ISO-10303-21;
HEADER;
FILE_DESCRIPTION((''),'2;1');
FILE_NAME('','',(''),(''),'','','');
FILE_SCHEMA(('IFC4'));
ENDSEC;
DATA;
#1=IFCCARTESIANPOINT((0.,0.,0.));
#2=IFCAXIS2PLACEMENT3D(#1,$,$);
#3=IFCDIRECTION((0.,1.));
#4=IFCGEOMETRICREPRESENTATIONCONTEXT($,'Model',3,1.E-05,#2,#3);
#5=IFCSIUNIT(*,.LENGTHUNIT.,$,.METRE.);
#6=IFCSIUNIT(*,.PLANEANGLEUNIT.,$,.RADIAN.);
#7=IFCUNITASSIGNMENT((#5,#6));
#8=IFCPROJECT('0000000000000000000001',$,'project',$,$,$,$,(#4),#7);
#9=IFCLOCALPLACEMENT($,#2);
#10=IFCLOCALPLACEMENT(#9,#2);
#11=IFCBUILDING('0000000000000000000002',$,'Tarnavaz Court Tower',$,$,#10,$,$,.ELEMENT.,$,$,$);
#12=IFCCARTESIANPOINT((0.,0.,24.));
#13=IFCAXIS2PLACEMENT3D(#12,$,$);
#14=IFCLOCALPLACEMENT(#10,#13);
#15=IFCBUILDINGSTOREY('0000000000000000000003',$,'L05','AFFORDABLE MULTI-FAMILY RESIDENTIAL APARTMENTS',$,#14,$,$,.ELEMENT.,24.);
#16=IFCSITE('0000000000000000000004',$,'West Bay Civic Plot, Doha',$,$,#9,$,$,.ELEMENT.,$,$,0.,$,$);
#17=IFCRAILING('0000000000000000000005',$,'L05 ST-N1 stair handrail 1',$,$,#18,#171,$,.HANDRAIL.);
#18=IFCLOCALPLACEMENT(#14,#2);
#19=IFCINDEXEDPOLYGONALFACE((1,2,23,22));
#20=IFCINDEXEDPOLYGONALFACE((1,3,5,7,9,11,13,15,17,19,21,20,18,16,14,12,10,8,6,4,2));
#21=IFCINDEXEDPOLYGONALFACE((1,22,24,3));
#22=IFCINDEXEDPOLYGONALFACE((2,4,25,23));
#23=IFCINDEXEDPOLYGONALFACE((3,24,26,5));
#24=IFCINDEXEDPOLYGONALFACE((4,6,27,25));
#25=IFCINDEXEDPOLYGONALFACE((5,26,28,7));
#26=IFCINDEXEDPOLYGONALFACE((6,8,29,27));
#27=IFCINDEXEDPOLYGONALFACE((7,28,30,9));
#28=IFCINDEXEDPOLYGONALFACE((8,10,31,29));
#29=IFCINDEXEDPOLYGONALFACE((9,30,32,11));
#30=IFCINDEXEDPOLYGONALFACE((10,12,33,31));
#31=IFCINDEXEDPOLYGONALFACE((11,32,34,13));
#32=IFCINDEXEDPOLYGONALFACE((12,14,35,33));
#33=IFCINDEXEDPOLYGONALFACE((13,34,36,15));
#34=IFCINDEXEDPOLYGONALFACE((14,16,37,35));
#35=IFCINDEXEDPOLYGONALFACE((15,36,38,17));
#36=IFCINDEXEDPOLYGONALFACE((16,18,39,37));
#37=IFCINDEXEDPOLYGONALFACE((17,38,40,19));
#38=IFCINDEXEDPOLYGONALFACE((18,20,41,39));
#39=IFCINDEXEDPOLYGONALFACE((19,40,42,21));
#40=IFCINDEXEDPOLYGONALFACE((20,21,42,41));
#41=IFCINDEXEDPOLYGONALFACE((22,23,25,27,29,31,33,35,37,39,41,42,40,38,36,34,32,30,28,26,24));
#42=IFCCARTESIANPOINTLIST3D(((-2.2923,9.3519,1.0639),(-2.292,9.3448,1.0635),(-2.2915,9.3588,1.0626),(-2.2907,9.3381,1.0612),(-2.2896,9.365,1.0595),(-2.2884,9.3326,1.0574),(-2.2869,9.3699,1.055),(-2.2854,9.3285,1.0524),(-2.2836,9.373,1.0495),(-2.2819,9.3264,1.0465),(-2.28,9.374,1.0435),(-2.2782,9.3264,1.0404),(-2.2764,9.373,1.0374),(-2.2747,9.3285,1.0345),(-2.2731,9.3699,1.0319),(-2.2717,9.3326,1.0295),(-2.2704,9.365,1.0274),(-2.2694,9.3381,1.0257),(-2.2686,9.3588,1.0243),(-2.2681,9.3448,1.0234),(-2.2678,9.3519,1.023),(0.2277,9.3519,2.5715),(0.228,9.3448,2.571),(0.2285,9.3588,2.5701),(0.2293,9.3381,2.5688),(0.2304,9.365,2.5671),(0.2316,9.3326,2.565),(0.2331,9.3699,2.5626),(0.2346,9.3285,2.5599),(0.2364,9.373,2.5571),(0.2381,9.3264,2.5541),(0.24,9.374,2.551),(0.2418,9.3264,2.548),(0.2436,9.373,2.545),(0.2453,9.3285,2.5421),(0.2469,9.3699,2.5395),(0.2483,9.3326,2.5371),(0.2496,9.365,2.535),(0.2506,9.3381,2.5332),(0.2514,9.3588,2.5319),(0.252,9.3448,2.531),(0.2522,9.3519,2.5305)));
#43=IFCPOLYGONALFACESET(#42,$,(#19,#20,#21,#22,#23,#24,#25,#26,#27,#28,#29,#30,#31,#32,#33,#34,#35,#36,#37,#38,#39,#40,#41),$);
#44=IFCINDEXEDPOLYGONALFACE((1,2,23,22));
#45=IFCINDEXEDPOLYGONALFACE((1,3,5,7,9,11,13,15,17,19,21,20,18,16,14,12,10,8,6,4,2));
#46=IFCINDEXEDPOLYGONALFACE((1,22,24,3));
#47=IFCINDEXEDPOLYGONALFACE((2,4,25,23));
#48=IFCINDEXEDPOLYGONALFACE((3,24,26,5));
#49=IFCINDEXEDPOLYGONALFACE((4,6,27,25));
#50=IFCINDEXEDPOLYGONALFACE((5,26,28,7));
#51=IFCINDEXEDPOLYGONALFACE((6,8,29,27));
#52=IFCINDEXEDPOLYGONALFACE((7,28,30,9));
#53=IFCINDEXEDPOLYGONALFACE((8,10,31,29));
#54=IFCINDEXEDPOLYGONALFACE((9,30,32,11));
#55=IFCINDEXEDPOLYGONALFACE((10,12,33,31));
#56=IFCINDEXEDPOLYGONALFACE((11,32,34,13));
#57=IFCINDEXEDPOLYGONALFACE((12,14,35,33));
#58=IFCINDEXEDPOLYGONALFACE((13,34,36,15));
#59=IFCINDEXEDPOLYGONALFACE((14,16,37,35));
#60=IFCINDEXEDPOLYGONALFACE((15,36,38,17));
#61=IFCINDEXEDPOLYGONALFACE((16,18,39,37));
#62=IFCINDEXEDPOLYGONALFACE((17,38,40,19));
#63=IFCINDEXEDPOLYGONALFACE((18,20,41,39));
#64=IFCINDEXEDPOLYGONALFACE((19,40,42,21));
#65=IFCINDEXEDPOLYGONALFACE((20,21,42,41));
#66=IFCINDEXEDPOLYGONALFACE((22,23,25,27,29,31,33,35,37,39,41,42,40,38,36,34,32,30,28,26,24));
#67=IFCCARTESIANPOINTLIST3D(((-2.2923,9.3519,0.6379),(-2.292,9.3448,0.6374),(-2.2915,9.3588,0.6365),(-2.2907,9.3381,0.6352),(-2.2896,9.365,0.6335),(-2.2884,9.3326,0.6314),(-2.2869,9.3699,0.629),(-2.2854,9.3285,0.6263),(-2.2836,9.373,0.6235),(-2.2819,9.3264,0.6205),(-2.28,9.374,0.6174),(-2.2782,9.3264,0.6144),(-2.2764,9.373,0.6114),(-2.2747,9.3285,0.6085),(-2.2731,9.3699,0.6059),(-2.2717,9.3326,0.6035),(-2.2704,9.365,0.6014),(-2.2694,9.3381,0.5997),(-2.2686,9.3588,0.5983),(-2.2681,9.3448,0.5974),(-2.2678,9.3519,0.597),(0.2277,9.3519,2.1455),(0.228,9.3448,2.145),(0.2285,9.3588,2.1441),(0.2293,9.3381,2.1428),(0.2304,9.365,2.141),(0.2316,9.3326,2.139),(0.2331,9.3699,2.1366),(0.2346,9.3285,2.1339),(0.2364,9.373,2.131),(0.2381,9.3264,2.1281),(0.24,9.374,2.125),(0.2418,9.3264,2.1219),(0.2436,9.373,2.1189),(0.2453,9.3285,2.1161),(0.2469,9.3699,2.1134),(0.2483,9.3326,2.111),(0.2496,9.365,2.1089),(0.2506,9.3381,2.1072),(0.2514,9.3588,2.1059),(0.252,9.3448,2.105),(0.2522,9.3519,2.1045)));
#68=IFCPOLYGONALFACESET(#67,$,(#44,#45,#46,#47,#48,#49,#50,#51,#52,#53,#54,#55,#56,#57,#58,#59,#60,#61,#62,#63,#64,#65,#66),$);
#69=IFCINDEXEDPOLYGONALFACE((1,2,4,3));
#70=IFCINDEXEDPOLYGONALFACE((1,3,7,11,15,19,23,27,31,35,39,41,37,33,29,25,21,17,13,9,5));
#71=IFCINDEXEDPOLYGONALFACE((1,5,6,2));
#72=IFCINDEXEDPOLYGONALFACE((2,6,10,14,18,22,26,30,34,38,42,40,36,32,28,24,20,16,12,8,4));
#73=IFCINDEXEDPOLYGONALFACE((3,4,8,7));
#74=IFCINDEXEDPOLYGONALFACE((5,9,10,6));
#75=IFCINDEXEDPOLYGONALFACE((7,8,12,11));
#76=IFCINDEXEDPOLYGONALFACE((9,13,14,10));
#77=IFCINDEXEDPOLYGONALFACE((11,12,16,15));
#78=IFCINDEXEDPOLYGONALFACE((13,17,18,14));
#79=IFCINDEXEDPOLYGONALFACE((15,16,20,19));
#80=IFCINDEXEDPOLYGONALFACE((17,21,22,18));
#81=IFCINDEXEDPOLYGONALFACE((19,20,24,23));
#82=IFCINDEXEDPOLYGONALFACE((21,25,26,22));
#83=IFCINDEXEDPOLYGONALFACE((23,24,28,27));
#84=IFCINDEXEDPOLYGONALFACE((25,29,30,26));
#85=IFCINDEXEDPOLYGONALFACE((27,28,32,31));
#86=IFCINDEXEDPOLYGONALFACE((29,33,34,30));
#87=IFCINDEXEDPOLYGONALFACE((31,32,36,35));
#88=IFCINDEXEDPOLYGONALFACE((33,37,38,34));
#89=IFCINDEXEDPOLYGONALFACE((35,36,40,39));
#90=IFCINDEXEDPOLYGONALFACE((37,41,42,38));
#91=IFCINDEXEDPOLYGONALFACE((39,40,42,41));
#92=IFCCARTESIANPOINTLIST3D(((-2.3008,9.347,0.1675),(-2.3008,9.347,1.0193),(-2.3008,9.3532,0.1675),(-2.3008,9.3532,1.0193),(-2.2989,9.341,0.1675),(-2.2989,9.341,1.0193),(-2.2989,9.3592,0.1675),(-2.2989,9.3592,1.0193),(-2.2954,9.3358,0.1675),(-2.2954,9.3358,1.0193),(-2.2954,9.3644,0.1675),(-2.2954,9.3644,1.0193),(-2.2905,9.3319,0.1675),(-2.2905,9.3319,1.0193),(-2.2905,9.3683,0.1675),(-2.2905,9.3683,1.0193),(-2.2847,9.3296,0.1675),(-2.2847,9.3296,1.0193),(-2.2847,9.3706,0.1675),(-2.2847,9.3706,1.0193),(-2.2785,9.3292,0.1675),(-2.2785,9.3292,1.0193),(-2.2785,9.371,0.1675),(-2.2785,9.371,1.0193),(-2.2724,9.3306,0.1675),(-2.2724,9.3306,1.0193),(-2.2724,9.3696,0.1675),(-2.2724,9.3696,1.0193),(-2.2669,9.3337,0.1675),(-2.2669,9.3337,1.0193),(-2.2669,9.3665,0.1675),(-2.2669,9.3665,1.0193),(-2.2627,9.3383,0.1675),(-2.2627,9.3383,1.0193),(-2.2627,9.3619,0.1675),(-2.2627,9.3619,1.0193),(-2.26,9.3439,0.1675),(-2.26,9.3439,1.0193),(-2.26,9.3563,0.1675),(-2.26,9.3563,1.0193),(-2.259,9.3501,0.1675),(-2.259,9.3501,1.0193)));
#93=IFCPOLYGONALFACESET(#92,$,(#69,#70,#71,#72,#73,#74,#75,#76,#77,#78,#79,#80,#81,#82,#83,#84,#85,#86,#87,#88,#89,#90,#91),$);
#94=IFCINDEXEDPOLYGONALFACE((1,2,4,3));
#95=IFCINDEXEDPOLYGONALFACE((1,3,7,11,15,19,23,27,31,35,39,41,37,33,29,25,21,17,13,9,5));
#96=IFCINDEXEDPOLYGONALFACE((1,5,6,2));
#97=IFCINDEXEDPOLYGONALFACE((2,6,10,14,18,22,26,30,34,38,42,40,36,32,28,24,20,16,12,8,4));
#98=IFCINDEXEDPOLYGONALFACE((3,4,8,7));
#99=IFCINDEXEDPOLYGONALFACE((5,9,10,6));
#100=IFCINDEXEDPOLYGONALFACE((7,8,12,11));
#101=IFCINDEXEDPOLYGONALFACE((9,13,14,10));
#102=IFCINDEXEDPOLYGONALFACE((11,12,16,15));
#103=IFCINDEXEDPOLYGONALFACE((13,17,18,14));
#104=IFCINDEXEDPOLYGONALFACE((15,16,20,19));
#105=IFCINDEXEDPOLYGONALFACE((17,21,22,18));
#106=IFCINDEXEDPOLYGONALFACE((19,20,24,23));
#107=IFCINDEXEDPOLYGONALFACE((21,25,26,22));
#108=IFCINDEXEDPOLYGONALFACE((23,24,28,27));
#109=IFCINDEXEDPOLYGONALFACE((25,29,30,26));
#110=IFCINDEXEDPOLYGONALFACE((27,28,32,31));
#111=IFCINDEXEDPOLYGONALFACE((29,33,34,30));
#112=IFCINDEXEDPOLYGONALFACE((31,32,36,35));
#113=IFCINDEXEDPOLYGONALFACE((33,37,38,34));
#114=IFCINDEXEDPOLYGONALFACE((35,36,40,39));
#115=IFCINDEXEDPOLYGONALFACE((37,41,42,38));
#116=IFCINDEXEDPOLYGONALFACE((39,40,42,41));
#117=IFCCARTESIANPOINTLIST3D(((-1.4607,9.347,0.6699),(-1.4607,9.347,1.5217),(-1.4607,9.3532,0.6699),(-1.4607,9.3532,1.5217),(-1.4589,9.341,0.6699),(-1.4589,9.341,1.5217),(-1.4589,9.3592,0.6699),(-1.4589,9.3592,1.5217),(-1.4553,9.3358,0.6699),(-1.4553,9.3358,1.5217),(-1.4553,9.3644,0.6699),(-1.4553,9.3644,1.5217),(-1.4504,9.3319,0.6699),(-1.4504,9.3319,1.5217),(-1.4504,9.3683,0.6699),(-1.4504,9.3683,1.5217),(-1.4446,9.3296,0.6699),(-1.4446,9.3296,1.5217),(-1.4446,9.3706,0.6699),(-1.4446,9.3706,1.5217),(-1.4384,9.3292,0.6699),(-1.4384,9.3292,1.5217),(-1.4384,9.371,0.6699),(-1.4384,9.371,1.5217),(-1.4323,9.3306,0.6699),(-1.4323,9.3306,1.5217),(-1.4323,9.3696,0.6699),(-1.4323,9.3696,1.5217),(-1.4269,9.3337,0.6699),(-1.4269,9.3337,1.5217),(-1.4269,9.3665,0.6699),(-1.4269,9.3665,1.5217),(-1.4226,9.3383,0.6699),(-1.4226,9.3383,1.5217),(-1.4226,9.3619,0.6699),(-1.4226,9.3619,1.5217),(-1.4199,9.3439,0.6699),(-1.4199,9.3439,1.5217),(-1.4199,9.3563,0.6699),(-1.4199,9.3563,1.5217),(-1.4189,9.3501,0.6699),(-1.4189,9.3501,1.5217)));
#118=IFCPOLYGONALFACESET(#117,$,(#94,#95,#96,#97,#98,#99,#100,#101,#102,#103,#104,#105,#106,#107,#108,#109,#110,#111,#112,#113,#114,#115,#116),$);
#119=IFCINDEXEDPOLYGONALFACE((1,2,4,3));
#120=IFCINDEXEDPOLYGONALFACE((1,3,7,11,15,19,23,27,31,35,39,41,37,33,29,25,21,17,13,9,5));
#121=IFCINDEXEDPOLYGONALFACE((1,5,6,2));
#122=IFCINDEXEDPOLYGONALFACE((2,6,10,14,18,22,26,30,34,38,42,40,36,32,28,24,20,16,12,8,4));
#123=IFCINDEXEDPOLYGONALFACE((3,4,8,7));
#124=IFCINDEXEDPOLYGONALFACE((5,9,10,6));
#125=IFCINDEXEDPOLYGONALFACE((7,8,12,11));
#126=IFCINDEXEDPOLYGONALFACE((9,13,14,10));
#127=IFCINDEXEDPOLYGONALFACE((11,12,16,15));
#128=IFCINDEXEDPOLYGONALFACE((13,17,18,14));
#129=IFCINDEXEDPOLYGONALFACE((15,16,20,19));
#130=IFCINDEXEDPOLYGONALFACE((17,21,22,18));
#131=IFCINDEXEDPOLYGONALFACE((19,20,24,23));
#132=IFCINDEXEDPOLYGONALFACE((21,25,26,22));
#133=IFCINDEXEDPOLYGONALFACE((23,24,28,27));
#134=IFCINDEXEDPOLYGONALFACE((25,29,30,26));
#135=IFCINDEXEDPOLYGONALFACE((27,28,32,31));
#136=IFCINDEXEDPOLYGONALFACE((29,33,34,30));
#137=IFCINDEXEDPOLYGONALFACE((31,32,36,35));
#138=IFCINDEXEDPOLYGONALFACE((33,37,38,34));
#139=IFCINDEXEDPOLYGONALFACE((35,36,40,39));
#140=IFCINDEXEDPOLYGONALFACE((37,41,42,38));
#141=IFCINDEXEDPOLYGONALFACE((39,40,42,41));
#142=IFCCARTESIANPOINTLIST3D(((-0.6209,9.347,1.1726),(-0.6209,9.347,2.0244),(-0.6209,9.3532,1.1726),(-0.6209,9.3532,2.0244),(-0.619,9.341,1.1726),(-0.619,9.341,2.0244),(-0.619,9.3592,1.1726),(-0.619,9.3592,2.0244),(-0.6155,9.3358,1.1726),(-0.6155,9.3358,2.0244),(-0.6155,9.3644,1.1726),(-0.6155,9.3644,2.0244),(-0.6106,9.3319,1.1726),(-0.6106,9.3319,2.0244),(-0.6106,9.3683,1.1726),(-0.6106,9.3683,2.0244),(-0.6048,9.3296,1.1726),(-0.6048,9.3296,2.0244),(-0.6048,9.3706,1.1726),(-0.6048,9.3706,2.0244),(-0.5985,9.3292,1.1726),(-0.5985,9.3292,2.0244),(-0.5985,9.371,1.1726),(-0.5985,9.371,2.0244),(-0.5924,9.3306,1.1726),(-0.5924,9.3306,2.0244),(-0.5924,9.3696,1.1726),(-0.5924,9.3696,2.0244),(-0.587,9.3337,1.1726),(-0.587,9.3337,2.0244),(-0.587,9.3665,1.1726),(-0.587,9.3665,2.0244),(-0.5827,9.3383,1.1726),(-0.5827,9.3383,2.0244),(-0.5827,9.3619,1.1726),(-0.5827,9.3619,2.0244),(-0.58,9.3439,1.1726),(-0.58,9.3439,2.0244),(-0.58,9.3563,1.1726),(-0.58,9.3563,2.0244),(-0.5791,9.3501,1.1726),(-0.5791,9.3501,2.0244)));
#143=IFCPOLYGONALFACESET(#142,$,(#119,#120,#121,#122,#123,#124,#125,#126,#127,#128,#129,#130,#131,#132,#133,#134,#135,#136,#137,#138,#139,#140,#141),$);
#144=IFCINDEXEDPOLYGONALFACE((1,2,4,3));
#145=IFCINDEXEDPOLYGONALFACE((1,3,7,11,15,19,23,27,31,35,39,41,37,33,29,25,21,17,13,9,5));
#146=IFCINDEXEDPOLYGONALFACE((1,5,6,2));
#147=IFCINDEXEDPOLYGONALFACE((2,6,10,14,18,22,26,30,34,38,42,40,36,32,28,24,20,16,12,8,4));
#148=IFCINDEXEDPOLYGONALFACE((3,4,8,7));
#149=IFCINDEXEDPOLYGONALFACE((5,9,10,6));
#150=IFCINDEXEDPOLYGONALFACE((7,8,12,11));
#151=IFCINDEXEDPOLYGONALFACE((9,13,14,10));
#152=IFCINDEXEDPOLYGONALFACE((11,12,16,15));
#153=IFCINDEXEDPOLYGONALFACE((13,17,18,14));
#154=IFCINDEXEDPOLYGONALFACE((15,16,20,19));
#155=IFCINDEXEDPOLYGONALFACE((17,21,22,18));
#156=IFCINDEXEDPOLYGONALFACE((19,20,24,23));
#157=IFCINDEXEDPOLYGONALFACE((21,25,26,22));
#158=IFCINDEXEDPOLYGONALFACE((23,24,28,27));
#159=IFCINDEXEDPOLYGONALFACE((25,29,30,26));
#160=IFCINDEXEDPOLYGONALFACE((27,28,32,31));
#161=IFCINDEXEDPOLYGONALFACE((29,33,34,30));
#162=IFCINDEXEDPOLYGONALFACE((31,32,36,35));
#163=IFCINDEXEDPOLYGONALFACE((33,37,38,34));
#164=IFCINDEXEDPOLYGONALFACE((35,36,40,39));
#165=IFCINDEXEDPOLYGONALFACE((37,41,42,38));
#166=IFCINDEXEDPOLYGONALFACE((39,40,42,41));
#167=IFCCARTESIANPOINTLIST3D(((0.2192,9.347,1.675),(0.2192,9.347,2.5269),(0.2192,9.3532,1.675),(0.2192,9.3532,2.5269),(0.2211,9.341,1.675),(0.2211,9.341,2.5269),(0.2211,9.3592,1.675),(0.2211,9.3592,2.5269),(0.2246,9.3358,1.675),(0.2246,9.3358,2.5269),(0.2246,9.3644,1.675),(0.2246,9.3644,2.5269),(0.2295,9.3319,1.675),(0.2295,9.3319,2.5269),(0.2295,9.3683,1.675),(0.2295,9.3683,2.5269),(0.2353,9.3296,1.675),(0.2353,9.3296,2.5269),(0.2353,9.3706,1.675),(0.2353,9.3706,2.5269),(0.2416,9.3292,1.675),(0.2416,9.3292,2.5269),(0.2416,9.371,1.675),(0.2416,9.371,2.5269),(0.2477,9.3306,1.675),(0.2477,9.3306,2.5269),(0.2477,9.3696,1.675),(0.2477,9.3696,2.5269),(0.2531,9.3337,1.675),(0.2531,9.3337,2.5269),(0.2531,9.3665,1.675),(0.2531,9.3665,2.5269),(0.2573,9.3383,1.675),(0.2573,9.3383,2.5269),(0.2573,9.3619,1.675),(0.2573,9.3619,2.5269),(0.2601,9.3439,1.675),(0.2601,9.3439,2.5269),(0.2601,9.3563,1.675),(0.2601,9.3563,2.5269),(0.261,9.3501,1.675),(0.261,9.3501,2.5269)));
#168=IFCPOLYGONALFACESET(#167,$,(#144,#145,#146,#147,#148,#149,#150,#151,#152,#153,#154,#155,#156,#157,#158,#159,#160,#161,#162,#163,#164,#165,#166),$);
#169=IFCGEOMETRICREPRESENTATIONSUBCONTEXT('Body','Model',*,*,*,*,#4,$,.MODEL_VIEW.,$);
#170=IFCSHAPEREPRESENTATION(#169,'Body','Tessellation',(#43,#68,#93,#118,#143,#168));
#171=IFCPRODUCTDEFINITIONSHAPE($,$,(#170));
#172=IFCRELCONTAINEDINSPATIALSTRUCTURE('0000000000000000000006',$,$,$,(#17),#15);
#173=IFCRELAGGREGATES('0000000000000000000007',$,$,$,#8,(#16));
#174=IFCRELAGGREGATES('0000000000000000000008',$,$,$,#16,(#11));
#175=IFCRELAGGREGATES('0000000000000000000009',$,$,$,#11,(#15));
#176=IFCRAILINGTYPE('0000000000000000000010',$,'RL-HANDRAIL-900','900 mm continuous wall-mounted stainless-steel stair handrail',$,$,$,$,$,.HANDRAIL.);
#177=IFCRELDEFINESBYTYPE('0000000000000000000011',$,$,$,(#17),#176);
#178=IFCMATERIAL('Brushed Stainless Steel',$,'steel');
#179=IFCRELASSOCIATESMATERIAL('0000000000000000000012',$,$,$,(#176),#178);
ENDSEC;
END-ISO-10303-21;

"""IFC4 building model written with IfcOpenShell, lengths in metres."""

from ifc_helpers import new_model, si_unit, direction, frame, origin, origin_2d, place, context, subcontext, project, spatial, circle, extrude, material, type_object, element, save


model = new_model("IFC4")

# Units and contexts
model_context = context("Model", 3, precision=1e-05, world=origin(), true_north=direction((0.0, 1.0)))
body_context = subcontext(model_context, "Body", "Model", "MODEL_VIEW")
ifc_project = project(units=[si_unit("LENGTHUNIT", "METRE"), si_unit("PLANEANGLEUNIT", "RADIAN")], contexts=[model_context])

# Site, building, storey
site_placement = place(None, origin())
site = spatial("IfcSite", under=ifc_project, at=site_placement, Name="West Bay Civic Plot, Doha", CompositionType="ELEMENT", RefElevation=0.0)
building_placement = place(site_placement, origin())
building = spatial("IfcBuilding", under=site, at=building_placement, Name="Tarnavaz Court Tower", CompositionType="ELEMENT")
storey_placement = place(building_placement, frame((0.0, 0.0, 24.0)))
storey = spatial("IfcBuildingStorey", under=building, at=storey_placement, Name="L05", Description="AFFORDABLE MULTI-FAMILY RESIDENTIAL APARTMENTS", CompositionType="ELEMENT", Elevation=24.0)

# Railing
ifc_material_1 = material(Name="Brushed Stainless Steel", Category="steel")
railing_type_1 = type_object("IfcRailingType", Name="RL-HANDRAIL-900", Description="900 mm continuous wall-mounted stainless-steel stair handrail", PredefinedType="HANDRAIL", material=ifc_material_1)
railing_1_placement = place(storey_placement, frame((-2.28, 9.3501, 0.1675)))
element("IfcRailing", 1, at=railing_1_placement, inside=storey, type_object=railing_type_1, Name="L05 ST-N1 stair handrail 1", PredefinedType="HANDRAIL", context=body_context, shape_type="SweptSolid", body=[
    extrude(circle(Radius=0.0239, at=origin_2d()), frame((0.0, 0.0, 0.876), z_axis=(0.85816, 0.0, 0.513383), x_axis=(0.0, 1.0, 0.0)), (0.0, 0.0, 1.0), 2.9365),
    extrude(circle(Radius=0.0239, at=origin_2d()), frame((0.0, 0.0, 0.45), z_axis=(0.85816, 0.0, 0.513383), x_axis=(0.0, 1.0, 0.0)), (0.0, 0.0, 1.0), 2.9365),
    extrude(circle(Radius=0.021, at=origin_2d()), origin(), (0.0, 0.0, 1.0), 0.8518),
    extrude(circle(Radius=0.021, at=origin_2d()), frame((0.8401, 0.0, 0.5024)), (0.0, 0.0, 1.0), 0.8518),
    extrude(circle(Radius=0.021, at=origin_2d()), frame((1.6799, 0.0, 1.0051)), (0.0, 0.0, 1.0), 0.8518),
    extrude(circle(Radius=0.021, at=origin_2d()), frame((2.52, 0.0, 1.5076)), (0.0, 0.0, 1.0), 0.8518),
])

save(model, "model.ifc")
